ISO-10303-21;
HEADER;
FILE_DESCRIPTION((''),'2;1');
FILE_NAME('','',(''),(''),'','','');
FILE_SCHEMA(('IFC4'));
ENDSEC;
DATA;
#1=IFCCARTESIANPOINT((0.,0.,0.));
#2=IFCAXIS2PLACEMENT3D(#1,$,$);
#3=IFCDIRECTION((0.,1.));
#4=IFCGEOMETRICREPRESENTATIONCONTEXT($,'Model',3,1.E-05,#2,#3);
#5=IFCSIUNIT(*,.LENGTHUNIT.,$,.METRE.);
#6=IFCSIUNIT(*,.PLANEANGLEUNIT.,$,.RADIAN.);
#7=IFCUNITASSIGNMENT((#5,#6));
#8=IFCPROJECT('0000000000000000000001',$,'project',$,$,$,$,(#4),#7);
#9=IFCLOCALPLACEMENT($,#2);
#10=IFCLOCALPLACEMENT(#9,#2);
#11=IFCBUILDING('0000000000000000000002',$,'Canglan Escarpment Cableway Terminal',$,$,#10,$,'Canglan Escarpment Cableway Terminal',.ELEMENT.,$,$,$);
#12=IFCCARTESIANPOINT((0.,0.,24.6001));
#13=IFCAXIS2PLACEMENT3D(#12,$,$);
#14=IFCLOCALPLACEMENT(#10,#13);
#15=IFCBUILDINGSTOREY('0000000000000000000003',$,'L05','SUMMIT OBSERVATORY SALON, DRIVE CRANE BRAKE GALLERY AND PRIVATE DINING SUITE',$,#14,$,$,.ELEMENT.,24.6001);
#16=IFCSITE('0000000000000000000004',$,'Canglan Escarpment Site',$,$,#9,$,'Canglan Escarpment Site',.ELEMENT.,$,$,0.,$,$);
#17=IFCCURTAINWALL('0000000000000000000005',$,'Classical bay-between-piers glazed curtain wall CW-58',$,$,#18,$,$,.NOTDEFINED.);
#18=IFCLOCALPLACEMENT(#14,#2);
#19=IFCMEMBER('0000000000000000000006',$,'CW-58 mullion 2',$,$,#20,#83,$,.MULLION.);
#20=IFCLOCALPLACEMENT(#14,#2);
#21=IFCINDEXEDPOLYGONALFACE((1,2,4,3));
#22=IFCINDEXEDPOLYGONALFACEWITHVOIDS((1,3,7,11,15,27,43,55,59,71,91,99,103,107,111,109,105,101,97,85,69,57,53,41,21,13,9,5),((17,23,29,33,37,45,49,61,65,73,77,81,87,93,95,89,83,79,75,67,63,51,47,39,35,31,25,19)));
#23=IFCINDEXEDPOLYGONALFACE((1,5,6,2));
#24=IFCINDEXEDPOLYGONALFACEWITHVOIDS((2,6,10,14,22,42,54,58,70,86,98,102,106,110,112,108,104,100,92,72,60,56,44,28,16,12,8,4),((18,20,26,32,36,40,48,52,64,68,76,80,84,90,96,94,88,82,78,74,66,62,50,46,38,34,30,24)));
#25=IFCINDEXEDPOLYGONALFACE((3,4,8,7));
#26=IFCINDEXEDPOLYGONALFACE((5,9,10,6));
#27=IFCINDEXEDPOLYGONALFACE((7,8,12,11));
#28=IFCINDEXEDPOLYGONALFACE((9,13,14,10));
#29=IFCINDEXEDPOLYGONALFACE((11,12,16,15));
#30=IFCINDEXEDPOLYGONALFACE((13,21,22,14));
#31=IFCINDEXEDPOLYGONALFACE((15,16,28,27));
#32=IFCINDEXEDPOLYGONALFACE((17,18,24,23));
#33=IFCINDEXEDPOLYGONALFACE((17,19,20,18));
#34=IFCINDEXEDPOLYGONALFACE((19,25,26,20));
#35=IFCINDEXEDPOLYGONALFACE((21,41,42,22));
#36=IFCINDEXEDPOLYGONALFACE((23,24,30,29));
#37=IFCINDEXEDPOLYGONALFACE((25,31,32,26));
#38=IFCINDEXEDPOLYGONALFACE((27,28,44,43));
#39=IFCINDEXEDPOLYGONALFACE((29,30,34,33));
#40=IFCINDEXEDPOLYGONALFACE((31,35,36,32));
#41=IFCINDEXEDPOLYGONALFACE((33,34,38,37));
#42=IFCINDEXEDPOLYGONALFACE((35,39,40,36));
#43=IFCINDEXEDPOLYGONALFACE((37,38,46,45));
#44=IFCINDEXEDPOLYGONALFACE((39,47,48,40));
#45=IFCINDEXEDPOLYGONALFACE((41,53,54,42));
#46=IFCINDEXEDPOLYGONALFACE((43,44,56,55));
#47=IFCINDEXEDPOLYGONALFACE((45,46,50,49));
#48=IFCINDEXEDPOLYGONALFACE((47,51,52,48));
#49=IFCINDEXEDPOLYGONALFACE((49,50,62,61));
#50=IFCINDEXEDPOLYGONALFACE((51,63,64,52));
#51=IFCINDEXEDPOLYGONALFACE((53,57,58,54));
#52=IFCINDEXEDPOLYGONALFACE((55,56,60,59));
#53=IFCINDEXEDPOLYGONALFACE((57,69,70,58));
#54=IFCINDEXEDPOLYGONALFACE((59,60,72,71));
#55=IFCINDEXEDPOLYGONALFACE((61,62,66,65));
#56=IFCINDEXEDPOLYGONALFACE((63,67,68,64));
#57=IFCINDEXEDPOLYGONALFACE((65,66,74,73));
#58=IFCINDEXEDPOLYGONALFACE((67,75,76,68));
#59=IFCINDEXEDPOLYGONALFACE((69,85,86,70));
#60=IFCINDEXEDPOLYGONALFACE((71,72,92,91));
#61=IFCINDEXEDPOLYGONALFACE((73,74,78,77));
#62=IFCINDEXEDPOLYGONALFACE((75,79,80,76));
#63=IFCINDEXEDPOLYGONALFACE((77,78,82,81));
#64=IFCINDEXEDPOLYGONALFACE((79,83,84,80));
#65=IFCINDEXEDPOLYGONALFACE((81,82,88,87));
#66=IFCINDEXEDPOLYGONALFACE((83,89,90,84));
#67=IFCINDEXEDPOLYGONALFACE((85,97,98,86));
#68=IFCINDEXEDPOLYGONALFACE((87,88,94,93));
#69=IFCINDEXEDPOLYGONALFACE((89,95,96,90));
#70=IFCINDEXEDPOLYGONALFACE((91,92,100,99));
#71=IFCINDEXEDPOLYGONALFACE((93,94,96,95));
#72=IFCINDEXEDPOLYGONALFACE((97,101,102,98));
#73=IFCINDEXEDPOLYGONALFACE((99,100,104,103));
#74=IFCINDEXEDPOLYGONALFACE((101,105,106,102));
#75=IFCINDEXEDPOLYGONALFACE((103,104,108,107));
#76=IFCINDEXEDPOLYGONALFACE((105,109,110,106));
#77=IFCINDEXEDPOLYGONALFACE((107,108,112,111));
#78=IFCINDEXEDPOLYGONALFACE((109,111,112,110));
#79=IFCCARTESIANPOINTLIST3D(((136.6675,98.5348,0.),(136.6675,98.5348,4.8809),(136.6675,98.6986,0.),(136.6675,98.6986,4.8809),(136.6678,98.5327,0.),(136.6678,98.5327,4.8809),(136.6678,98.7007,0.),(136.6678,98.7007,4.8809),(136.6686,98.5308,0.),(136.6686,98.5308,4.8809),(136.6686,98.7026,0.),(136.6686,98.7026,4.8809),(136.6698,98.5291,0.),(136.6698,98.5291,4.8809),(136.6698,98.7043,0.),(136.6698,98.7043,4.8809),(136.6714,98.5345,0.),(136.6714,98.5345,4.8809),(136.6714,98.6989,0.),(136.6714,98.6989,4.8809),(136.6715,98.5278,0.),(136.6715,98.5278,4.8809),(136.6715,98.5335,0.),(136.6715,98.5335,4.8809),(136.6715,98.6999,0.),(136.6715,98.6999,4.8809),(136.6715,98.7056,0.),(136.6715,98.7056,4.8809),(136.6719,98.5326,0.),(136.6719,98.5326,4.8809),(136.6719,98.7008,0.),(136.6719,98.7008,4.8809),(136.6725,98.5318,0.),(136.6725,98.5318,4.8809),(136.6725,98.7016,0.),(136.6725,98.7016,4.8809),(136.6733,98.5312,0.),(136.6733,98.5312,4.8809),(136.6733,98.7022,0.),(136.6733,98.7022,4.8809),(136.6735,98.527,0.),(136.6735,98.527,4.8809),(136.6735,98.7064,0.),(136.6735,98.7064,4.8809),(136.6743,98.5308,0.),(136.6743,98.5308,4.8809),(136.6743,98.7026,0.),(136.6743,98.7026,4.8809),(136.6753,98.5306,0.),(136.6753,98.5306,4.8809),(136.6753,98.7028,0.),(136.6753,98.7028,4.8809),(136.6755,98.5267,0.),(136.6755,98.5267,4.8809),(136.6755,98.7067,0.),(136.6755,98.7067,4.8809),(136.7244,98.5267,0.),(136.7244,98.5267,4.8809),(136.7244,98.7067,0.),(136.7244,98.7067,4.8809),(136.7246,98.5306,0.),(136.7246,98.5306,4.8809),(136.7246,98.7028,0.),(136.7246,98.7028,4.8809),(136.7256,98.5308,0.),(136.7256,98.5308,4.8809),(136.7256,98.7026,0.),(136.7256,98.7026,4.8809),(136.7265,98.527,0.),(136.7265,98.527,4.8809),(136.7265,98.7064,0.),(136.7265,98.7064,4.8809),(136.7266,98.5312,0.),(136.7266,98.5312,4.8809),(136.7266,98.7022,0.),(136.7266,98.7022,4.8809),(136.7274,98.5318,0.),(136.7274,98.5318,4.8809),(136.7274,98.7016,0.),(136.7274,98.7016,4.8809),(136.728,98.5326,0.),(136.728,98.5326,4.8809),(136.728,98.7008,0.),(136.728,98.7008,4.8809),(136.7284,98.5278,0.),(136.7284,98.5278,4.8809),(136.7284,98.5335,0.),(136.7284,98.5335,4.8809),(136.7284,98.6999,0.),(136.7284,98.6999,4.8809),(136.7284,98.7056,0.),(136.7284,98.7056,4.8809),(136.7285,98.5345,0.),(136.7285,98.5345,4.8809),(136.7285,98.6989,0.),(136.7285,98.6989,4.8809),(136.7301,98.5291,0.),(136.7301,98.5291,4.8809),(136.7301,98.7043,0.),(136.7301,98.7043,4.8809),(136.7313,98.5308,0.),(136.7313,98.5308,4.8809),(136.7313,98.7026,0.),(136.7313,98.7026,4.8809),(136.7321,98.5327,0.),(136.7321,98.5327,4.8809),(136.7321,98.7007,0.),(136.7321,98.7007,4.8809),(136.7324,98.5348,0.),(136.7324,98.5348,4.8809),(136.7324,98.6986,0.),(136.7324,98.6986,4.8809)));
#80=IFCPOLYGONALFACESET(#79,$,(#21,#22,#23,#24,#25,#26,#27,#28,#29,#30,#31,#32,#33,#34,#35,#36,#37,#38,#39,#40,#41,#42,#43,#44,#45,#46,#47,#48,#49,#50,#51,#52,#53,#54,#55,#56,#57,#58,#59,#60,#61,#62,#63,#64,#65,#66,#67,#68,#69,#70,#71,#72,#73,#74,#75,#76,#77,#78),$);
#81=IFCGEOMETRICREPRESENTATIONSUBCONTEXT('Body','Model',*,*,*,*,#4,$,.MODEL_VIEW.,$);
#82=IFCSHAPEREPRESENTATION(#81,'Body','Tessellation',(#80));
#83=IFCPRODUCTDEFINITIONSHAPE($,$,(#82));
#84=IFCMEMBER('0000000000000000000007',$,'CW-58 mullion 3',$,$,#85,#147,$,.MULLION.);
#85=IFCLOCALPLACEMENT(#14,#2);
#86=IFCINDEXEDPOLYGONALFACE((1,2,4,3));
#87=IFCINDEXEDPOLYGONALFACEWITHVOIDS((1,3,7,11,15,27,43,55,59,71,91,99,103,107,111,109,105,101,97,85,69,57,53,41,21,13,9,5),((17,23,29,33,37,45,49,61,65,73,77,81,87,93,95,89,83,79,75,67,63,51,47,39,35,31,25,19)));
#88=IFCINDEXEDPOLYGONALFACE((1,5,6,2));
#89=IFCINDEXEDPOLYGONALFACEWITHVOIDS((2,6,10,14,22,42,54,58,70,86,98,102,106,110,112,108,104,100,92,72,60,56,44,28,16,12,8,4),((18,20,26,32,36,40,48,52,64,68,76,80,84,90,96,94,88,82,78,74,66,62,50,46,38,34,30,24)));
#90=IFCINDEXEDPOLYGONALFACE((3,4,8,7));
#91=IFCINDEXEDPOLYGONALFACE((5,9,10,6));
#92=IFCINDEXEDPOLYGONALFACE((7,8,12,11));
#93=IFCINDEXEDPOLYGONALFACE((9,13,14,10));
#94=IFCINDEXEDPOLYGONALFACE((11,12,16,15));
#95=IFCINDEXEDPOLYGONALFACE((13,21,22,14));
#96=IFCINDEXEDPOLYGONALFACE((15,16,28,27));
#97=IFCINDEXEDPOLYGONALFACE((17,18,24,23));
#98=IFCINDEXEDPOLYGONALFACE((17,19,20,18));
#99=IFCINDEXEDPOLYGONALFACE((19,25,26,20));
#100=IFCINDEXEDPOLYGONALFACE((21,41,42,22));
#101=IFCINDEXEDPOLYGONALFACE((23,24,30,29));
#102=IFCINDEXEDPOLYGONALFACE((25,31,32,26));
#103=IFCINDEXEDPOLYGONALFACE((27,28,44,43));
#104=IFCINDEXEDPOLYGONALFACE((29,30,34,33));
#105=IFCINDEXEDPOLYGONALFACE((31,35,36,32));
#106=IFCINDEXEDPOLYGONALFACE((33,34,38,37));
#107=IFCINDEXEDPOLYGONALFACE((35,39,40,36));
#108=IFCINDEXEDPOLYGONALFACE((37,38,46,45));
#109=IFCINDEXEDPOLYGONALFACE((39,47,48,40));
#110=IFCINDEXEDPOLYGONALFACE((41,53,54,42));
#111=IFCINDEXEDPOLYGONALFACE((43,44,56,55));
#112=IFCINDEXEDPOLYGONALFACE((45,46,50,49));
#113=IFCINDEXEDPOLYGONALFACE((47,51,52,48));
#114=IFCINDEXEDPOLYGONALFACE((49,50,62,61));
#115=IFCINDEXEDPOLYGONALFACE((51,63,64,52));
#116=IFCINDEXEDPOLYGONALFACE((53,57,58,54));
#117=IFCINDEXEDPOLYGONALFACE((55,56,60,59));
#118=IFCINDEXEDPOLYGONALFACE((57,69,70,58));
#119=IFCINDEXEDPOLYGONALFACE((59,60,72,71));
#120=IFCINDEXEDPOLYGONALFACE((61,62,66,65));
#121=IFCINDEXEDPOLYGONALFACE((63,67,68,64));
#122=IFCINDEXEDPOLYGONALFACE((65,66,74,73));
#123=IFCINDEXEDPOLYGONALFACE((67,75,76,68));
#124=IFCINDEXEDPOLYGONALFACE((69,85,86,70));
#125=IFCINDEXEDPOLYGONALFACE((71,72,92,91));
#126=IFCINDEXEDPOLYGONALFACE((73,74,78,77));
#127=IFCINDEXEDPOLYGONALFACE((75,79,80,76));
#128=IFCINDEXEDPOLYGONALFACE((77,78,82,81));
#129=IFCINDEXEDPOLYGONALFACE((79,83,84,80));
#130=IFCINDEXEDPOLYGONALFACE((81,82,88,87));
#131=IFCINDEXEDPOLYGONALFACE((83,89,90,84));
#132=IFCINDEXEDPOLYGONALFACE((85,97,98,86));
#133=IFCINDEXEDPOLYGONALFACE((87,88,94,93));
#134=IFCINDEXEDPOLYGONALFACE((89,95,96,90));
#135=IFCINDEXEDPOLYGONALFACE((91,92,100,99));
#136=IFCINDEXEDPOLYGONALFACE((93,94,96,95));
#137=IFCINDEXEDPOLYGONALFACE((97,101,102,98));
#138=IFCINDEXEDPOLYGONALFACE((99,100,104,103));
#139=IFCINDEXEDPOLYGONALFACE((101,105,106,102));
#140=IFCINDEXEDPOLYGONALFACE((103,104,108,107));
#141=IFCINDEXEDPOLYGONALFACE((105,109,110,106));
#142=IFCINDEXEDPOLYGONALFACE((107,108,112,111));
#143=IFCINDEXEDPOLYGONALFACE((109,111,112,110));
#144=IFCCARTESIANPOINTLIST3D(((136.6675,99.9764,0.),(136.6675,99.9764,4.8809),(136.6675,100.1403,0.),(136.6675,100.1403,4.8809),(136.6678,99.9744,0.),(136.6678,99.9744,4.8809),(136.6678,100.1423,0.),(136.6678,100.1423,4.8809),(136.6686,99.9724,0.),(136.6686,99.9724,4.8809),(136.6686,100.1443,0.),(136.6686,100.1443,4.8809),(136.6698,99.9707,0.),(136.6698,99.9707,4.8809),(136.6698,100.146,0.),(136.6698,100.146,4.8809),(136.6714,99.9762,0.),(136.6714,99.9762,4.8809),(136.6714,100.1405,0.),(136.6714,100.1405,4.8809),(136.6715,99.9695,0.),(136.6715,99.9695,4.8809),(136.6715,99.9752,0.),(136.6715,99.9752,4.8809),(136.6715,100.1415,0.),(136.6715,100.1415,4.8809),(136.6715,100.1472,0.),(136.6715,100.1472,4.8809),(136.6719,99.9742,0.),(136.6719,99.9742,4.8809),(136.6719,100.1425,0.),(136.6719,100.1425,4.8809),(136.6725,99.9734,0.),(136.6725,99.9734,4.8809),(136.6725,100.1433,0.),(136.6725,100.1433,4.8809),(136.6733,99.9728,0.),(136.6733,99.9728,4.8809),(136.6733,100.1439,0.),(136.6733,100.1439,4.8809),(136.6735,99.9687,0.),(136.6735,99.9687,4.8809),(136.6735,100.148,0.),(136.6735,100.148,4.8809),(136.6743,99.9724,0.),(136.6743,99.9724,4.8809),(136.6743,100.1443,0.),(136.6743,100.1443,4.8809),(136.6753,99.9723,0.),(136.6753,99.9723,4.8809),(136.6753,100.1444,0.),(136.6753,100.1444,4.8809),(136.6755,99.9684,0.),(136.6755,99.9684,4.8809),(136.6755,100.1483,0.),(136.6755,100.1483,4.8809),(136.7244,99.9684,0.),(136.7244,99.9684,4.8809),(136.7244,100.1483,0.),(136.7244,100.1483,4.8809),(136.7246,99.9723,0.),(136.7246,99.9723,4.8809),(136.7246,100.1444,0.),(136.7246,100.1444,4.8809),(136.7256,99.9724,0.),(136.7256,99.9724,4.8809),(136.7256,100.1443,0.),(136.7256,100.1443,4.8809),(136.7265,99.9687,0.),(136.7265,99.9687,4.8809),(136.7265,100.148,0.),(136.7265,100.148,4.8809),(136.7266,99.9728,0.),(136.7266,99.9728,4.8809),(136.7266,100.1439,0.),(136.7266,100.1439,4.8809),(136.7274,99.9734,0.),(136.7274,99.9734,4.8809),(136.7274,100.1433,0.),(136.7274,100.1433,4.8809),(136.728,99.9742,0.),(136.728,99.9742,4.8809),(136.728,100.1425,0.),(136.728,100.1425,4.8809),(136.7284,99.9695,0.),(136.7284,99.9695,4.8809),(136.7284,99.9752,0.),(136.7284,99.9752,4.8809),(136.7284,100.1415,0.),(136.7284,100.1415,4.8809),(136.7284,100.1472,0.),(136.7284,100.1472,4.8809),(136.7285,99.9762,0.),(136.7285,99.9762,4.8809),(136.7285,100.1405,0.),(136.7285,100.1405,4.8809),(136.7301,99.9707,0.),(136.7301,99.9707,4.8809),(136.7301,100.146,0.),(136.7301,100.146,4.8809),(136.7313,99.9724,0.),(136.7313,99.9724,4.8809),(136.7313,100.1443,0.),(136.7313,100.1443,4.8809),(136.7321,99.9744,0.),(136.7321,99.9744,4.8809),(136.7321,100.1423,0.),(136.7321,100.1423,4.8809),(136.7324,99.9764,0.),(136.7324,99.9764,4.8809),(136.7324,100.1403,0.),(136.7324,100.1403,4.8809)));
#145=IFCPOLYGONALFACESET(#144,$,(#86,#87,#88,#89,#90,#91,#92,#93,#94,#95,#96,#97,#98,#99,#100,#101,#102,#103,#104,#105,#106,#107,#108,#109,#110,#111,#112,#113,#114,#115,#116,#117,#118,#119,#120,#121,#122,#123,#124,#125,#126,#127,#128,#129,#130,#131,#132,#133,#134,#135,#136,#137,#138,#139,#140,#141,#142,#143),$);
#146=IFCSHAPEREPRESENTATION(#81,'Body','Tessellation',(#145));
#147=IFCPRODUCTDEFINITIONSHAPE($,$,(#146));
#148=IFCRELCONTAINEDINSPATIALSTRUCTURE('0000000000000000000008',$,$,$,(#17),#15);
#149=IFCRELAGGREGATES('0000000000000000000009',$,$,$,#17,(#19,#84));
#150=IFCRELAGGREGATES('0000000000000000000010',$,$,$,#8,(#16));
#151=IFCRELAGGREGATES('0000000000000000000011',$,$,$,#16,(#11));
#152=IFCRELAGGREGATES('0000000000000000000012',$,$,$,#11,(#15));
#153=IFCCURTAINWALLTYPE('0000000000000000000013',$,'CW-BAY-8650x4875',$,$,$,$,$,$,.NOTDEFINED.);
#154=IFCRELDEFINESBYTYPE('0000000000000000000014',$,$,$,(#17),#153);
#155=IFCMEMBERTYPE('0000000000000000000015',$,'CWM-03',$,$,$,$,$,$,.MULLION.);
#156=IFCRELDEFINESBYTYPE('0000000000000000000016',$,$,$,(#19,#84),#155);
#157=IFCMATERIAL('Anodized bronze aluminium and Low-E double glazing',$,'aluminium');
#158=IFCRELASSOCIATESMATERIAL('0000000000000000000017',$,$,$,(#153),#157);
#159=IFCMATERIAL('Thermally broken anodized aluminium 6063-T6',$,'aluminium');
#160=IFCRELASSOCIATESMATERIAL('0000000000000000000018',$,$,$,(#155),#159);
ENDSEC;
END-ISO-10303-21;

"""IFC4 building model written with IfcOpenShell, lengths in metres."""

from ifc_helpers import new_model, si_unit, direction, frame, origin, origin_2d, place, context, subcontext, project, spatial, hollow_rectangle, extrude, material, material_profile, profile_set, type_object, element, aggregate, save


model = new_model("IFC4")

# Units and contexts
model_context = context("Model", 3, precision=1e-05, world=origin(), true_north=direction((0.0, 1.0)))
body_context = subcontext(model_context, "Body", "Model", "MODEL_VIEW")
ifc_project = project(units=[si_unit("LENGTHUNIT", "METRE"), si_unit("PLANEANGLEUNIT", "RADIAN")], contexts=[model_context])

# Site, building, storey
site_placement = place(None, origin())
site = spatial("IfcSite", under=ifc_project, at=site_placement, Name="Canglan Escarpment Site", LongName="Canglan Escarpment Site", CompositionType="ELEMENT", RefElevation=0.0)
building_placement = place(site_placement, origin())
building = spatial("IfcBuilding", under=site, at=building_placement, Name="Canglan Escarpment Cableway Terminal", LongName="Canglan Escarpment Cableway Terminal", CompositionType="ELEMENT")
storey_placement = place(building_placement, frame((0.0, 0.0, 24.6001)))
storey = spatial("IfcBuildingStorey", under=building, at=storey_placement, Name="L05", Description="SUMMIT OBSERVATORY SALON, DRIVE CRANE BRAKE GALLERY AND PRIVATE DINING SUITE", CompositionType="ELEMENT", Elevation=24.6001)

# Curtain wall, members
ifc_material_1 = material(Name="Anodized bronze aluminium and Low-E double glazing", Category="aluminium")
curtain_wall_type = type_object("IfcCurtainWallType", Name="CW-BAY-8650x4875", PredefinedType="NOTDEFINED", material=ifc_material_1)
curtain_wall_placement = place(storey_placement, origin())
curtain_wall = element("IfcCurtainWall", 1, at=curtain_wall_placement, inside=storey, type_object=curtain_wall_type, Name="Classical bay-between-piers glazed curtain wall CW-58", PredefinedType="NOTDEFINED")
ifc_material_2 = material(Name="Thermally broken anodized aluminium 6063-T6", Category="aluminium")
ifc_material_profile_1 = material_profile(ifc_material_2, hollow_rectangle(XDim=0.0649, YDim=0.1799, WallThickness=0.0039, InnerFilletRadius=0.0039, OuterFilletRadius=0.0081, at=origin_2d()), Name="ALU-MULL 65x180x4")
ifc_profile_set_1 = profile_set([ifc_material_profile_1], Name="Thermally broken anodized aluminium 6063-T6")
member_type_1 = type_object("IfcMemberType", Name="CWM-03", PredefinedType="MULLION", material=ifc_profile_set_1)
member_1_placement = place(storey_placement, frame((136.7, 98.6167, 0.0), z_axis=(0.0, 0.0, 1.0), x_axis=(-1.0, 0.0, 0.0)))
member_1 = element("IfcMember", 2, at=member_1_placement, type_object=member_type_1, Name="CW-58 mullion 2", PredefinedType="MULLION", context=body_context, shape_type="SweptSolid", body=[
    extrude(hollow_rectangle(XDim=0.0649, YDim=0.1799, WallThickness=0.0039, InnerFilletRadius=0.0039, OuterFilletRadius=0.0081, at=origin_2d()), origin(), (0.0, 0.0, 1.0), 4.8809),
])
member_2_placement = place(storey_placement, frame((136.7, 100.0583, 0.0), z_axis=(0.0, 0.0, 1.0), x_axis=(-1.0, 0.0, 0.0)))
member_2 = element("IfcMember", 3, at=member_2_placement, type_object=member_type_1, Name="CW-58 mullion 3", PredefinedType="MULLION", context=body_context, shape_type="SweptSolid", body=[
    extrude(hollow_rectangle(XDim=0.0649, YDim=0.1799, WallThickness=0.0039, InnerFilletRadius=0.0039, OuterFilletRadius=0.0081, at=origin_2d()), origin(), (0.0, 0.0, 1.0), 4.8809),
])
aggregate(curtain_wall, [member_1, member_2])

save(model, "model.ifc")
